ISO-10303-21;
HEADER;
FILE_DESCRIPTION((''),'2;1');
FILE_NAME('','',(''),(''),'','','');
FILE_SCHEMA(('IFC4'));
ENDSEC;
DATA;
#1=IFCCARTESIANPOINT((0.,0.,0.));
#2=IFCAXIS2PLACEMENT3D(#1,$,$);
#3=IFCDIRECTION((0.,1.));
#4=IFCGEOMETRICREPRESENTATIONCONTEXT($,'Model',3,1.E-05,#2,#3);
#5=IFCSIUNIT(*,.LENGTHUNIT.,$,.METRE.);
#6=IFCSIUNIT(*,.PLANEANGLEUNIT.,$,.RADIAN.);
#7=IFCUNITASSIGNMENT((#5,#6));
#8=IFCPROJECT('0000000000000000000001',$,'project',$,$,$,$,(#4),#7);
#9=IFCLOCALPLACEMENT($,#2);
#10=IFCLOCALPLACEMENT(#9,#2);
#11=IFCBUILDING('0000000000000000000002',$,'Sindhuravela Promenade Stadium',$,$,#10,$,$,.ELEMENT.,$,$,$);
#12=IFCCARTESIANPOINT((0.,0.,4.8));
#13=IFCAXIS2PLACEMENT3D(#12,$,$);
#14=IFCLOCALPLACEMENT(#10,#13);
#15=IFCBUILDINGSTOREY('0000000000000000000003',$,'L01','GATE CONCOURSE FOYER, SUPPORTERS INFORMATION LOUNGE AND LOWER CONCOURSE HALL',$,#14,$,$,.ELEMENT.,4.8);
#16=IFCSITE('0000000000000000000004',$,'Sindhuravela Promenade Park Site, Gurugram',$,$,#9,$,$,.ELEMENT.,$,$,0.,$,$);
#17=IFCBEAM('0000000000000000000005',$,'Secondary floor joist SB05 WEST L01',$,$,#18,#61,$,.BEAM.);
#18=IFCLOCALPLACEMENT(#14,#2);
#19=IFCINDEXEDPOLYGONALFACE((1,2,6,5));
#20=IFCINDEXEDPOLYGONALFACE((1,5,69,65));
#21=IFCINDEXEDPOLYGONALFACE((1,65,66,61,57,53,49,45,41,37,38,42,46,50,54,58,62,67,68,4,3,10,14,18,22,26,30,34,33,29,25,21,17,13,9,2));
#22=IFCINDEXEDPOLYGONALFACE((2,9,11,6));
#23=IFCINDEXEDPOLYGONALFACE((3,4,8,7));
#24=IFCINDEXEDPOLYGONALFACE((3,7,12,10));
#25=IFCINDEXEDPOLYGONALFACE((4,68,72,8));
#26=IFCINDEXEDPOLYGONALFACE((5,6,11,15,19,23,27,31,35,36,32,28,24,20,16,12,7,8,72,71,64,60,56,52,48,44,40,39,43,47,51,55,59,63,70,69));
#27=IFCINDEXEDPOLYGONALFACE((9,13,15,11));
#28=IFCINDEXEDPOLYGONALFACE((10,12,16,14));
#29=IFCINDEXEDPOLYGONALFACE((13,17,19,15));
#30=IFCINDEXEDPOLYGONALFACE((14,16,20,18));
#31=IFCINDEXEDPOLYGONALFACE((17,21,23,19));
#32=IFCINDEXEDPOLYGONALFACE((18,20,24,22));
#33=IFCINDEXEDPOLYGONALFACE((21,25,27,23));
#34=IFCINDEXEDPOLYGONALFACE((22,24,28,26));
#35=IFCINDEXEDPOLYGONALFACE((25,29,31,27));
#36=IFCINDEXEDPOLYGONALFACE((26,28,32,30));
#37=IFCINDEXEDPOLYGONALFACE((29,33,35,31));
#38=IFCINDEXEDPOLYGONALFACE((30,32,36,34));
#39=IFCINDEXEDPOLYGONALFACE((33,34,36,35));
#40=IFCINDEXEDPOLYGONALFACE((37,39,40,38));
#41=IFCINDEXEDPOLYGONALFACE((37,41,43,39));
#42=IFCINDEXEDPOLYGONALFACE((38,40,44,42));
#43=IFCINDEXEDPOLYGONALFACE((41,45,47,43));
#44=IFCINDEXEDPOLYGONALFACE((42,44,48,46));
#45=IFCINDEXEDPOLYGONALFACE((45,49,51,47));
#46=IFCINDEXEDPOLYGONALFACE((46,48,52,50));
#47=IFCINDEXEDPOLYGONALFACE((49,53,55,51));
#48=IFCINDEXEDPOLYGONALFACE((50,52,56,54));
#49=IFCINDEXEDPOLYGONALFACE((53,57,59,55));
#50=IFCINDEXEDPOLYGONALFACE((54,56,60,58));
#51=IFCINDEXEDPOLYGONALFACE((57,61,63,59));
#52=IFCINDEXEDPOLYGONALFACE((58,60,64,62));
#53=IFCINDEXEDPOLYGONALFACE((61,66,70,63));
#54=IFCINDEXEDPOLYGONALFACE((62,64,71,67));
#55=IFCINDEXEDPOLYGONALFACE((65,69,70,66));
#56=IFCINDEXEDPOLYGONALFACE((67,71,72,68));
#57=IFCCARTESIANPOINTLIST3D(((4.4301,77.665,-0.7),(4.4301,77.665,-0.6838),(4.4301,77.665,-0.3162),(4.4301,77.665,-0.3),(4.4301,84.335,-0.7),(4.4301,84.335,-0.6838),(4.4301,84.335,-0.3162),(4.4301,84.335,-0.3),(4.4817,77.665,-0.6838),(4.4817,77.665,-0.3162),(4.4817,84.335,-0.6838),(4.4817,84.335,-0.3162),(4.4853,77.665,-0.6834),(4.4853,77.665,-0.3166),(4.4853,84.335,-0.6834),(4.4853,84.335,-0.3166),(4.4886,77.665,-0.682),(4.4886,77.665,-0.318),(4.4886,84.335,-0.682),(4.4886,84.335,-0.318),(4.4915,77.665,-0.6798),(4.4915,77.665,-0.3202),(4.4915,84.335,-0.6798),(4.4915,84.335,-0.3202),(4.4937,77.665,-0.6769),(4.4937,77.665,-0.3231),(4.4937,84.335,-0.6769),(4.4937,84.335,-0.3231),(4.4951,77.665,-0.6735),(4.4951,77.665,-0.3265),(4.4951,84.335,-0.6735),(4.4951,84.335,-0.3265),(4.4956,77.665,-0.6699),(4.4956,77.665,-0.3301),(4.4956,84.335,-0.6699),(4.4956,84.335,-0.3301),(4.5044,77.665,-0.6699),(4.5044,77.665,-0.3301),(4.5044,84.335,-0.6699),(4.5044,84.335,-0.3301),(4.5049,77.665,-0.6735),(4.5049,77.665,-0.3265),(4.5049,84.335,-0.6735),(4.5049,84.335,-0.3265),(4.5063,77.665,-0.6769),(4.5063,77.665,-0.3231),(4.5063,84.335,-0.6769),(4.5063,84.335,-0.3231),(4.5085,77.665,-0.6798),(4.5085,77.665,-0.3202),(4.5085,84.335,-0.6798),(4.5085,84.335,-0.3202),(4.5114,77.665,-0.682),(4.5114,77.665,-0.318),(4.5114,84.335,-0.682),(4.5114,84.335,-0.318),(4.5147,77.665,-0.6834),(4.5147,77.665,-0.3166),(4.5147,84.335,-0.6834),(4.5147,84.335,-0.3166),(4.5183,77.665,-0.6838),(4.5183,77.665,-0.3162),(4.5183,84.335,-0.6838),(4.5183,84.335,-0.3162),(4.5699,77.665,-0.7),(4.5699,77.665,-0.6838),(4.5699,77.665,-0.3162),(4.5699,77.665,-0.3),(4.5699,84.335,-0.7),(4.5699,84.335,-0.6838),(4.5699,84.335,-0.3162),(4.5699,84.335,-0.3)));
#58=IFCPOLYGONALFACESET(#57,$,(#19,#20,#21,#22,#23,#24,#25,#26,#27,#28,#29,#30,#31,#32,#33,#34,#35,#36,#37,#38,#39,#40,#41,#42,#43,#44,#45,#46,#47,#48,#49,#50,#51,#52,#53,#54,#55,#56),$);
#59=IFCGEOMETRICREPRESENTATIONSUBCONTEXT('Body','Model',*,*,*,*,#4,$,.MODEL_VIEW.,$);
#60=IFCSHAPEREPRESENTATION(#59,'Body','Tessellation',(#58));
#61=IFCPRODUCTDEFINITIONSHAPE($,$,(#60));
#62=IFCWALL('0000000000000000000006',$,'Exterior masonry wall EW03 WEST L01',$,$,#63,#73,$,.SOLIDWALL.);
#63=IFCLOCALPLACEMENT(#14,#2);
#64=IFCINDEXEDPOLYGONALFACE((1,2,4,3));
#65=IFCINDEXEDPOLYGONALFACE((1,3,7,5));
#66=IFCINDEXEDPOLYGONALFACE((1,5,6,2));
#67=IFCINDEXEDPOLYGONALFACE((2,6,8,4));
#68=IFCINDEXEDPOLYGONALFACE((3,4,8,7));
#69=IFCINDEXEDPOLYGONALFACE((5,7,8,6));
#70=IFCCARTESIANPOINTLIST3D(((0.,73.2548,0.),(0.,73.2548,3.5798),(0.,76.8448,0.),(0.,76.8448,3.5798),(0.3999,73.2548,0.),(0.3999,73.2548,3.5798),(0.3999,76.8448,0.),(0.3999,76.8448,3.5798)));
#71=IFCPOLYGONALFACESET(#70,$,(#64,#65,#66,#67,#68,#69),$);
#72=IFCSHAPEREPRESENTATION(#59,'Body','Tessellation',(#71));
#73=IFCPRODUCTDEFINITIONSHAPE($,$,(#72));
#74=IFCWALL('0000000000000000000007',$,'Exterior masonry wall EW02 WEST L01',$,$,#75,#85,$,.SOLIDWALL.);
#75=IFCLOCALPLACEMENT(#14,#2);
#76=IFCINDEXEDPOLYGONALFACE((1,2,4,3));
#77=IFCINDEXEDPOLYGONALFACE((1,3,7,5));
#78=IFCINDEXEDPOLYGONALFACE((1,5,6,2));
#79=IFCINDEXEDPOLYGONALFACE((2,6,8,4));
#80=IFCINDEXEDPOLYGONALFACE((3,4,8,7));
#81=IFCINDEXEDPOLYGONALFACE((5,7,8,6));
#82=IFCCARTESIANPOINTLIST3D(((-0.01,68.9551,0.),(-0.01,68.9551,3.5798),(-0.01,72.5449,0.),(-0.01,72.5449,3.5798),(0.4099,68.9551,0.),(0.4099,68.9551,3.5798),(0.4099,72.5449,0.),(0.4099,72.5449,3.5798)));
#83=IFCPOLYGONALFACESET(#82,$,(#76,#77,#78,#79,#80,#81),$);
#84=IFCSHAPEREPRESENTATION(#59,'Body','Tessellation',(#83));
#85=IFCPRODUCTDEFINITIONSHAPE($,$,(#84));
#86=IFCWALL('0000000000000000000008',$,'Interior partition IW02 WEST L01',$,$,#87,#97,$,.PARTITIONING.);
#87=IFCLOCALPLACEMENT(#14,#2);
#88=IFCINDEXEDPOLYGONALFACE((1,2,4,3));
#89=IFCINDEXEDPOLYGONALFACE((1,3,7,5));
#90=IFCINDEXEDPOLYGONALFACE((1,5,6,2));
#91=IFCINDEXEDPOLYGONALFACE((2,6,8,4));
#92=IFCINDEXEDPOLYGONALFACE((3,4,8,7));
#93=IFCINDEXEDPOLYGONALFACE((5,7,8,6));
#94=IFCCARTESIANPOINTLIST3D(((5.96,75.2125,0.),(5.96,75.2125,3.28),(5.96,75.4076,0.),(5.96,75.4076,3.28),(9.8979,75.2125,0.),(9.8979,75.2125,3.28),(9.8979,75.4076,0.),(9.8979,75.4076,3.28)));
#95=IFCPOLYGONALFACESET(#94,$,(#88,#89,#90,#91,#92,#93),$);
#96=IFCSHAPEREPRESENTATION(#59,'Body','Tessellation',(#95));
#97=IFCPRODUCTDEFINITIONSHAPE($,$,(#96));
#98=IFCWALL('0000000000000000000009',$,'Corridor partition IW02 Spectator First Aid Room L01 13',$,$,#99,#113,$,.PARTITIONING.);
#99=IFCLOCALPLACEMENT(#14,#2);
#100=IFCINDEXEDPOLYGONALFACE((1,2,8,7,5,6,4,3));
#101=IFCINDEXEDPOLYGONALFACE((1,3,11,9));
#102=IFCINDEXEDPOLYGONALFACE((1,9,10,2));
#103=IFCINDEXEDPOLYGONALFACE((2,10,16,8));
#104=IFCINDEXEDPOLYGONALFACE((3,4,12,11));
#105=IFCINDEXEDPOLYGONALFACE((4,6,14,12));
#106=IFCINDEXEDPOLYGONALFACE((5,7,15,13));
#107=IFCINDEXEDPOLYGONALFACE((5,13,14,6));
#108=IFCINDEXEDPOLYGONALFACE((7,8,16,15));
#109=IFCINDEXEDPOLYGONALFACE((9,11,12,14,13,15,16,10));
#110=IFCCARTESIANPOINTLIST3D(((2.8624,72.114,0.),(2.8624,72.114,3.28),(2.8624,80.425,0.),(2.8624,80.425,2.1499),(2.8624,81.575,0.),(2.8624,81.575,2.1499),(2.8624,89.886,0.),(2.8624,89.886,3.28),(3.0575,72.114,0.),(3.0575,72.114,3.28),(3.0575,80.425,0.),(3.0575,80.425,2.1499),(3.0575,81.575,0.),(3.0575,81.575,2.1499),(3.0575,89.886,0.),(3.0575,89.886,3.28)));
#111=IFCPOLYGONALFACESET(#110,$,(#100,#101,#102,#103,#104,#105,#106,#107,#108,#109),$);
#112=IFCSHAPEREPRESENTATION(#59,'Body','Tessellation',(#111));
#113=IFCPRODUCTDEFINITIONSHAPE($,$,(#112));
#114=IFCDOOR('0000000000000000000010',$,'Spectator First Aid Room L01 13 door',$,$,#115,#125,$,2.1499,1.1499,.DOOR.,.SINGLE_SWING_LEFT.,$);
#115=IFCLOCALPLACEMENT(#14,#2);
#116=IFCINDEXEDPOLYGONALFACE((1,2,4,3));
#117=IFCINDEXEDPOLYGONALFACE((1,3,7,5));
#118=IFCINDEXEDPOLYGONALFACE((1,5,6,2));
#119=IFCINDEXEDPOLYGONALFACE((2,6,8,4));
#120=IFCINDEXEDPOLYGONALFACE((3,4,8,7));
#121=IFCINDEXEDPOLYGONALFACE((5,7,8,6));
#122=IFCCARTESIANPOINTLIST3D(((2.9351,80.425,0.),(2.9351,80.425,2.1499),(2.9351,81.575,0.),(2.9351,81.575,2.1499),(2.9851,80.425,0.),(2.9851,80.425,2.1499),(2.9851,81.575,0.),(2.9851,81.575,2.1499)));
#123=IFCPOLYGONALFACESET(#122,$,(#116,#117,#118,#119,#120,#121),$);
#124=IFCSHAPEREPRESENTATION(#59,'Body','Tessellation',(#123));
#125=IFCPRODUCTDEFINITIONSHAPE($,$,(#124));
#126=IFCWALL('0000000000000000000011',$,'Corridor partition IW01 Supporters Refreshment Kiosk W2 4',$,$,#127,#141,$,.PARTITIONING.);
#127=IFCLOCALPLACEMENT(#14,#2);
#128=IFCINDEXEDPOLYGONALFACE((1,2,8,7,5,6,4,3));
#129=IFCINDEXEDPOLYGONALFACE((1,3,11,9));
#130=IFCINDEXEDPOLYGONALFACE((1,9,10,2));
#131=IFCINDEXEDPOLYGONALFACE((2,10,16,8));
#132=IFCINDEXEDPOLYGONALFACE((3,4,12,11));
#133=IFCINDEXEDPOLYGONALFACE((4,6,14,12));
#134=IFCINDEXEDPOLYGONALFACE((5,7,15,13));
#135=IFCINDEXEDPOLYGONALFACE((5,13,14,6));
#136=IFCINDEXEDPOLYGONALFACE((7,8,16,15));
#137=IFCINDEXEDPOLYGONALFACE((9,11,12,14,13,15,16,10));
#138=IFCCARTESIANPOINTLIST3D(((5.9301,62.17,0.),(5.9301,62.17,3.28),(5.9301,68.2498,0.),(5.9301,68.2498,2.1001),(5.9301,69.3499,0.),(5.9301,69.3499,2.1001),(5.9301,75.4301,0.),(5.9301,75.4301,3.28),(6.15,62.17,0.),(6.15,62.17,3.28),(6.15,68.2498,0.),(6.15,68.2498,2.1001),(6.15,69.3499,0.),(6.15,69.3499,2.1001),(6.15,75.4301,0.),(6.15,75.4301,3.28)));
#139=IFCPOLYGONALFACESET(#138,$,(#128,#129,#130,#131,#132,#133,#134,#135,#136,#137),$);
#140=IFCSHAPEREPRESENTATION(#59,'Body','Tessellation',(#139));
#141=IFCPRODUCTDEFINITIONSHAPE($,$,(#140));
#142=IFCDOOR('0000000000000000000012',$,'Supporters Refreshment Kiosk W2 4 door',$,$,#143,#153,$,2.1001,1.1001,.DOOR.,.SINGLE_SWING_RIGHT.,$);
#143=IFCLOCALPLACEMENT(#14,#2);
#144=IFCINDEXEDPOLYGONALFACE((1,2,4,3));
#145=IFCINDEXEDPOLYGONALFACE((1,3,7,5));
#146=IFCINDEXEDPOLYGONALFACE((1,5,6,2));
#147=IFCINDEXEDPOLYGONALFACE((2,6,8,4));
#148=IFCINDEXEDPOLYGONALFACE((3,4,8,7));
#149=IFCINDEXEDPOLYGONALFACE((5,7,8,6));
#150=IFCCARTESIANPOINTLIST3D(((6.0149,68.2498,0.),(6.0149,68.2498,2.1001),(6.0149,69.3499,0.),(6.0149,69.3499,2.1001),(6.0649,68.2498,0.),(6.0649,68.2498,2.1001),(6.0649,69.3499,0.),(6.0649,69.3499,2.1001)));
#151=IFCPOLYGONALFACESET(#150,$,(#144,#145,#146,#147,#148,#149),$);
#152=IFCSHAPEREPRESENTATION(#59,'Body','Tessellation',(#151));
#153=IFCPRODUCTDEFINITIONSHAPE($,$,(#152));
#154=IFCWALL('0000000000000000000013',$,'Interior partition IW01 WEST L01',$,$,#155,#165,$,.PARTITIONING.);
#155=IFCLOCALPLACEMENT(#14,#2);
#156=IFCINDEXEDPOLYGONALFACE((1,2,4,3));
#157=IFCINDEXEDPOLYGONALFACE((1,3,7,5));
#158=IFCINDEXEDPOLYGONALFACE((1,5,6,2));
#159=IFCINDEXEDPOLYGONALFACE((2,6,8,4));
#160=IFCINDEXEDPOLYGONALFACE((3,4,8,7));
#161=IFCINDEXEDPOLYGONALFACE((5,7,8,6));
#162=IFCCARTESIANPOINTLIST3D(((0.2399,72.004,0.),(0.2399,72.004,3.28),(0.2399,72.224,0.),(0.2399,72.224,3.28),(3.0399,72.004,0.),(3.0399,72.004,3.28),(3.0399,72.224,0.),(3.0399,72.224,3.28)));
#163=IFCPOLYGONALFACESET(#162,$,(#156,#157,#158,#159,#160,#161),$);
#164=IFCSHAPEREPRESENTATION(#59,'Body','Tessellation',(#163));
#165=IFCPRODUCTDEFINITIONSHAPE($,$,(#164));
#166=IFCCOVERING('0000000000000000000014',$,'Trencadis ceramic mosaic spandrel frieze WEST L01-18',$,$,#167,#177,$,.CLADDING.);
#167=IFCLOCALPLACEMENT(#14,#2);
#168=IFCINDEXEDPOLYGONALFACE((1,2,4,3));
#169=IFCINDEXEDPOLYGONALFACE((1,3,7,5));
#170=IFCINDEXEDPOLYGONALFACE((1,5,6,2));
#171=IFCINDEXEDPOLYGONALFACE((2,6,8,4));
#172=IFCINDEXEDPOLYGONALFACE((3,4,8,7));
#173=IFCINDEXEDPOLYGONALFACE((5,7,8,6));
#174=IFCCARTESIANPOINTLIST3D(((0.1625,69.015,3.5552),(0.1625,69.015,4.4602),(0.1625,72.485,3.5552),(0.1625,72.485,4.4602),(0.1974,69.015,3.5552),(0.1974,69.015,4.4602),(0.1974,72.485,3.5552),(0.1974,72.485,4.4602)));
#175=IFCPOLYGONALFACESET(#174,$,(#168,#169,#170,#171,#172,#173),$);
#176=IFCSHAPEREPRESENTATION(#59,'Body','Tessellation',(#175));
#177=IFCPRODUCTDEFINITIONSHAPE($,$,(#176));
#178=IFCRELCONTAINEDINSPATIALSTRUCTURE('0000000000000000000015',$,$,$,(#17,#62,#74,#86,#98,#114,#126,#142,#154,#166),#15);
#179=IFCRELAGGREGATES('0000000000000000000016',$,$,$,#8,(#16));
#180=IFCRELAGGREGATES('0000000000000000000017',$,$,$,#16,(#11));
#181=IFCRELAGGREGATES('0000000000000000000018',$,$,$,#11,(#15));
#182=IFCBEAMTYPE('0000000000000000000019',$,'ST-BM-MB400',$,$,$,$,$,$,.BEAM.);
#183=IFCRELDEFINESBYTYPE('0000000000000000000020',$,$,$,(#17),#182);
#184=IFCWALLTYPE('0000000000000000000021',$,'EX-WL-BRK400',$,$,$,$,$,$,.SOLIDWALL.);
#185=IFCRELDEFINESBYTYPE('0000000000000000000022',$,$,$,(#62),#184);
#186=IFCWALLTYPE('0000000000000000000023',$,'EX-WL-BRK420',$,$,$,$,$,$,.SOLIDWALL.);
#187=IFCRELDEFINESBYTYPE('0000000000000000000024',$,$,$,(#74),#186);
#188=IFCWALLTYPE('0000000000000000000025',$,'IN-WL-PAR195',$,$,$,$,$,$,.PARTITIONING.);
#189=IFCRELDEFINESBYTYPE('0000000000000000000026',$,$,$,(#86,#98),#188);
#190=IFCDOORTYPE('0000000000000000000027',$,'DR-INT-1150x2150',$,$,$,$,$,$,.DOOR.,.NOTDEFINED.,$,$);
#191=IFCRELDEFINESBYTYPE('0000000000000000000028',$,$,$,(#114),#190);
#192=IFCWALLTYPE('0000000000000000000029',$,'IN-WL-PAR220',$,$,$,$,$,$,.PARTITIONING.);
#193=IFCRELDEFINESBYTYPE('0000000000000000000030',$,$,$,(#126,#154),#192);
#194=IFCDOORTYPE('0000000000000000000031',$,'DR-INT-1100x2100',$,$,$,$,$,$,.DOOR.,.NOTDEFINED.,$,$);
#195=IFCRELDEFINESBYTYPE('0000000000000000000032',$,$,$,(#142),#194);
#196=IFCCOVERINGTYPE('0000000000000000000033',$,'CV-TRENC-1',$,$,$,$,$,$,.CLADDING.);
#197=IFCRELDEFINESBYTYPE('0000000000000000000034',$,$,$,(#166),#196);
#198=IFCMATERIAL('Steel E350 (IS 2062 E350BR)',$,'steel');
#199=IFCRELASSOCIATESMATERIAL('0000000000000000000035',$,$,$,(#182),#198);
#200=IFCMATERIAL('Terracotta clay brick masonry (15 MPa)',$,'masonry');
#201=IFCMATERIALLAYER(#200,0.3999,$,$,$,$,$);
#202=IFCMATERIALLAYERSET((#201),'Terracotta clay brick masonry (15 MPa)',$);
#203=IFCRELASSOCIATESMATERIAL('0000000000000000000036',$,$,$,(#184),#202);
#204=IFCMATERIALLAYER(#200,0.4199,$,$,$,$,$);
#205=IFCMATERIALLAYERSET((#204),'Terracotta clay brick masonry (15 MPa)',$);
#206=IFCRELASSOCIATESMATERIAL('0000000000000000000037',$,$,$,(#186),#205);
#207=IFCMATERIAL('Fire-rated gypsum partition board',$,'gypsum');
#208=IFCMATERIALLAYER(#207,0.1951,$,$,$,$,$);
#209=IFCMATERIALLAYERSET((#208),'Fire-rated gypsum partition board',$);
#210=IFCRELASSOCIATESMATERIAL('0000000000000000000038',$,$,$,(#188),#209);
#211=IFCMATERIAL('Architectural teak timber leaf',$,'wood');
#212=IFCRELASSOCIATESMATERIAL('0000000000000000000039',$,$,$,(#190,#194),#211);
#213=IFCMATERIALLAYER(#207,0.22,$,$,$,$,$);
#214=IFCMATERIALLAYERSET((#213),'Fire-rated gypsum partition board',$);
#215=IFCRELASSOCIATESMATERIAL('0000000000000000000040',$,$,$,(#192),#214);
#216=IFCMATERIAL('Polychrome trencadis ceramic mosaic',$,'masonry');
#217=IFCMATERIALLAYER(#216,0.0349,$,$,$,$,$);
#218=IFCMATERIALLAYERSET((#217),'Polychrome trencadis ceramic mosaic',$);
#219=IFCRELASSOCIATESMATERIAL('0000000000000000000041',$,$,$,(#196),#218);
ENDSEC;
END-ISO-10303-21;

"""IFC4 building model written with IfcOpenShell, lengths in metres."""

from ifc_helpers import new_model, si_unit, direction, frame, frame_2d, origin, origin_2d, place, context, subcontext, project, spatial, rectangle, i_section, extrude, material, layer, layer_set, material_profile, profile_set, type_object, element, fill, save


model = new_model("IFC4")

# Units and contexts
model_context = context("Model", 3, precision=1e-05, world=origin(), true_north=direction((0.0, 1.0)))
body_context = subcontext(model_context, "Body", "Model", "MODEL_VIEW")
ifc_project = project(units=[si_unit("LENGTHUNIT", "METRE"), si_unit("PLANEANGLEUNIT", "RADIAN")], contexts=[model_context])

# Site, building, storey
site_placement = place(None, origin())
site = spatial("IfcSite", under=ifc_project, at=site_placement, Name="Sindhuravela Promenade Park Site, Gurugram", CompositionType="ELEMENT", RefElevation=0.0)
building_placement = place(site_placement, origin())
building = spatial("IfcBuilding", under=site, at=building_placement, Name="Sindhuravela Promenade Stadium", CompositionType="ELEMENT")
storey_placement = place(building_placement, frame((0.0, 0.0, 4.8)))
storey = spatial("IfcBuildingStorey", under=building, at=storey_placement, Name="L01", Description="GATE CONCOURSE FOYER, SUPPORTERS INFORMATION LOUNGE AND LOWER CONCOURSE HALL", CompositionType="ELEMENT", Elevation=4.8)

# Beam
ifc_material_1 = material(Name="Steel E350 (IS 2062 E350BR)", Category="steel")
ifc_material_profile_1 = material_profile(ifc_material_1, i_section(OverallWidth=0.1399, OverallDepth=0.3999, WebThickness=0.0088, FlangeThickness=0.0161, FilletRadius=0.0139, at=origin_2d()), Name="ISMB 400")
ifc_profile_set_1 = profile_set([ifc_material_profile_1], Name="Steel E350 (IS 2062 E350BR)")
beam_type_1 = type_object("IfcBeamType", Name="ST-BM-MB400", PredefinedType="BEAM", material=ifc_profile_set_1)
beam_1_placement = place(storey_placement, frame((4.5, 77.665, -0.5), z_axis=(0.0, 1.0, 0.0), x_axis=(-1.0, 0.0, 0.0)))
element("IfcBeam", 1, at=beam_1_placement, inside=storey, type_object=beam_type_1, Name="Secondary floor joist SB05 WEST L01", PredefinedType="BEAM", context=body_context, shape_type="SweptSolid", body=[
    extrude(i_section(OverallWidth=0.1399, OverallDepth=0.3999, WebThickness=0.0088, FlangeThickness=0.0161, FilletRadius=0.0139, at=origin_2d()), origin(), (0.0, 0.0, 1.0), 6.6699),
])

# Walls
ifc_material_2 = material(Name="Terracotta clay brick masonry (15 MPa)", Category="masonry")
ifc_layer_1 = layer(ifc_material_2, 0.3999)
ifc_layer_set_1 = layer_set([ifc_layer_1], Name="Terracotta clay brick masonry (15 MPa)")
wall_type_1 = type_object("IfcWallType", Name="EX-WL-BRK400", PredefinedType="SOLIDWALL", material=ifc_layer_set_1)
wall_1_placement = place(storey_placement, frame((0.2, 73.2549, 0.0), z_axis=(0.0, 0.0, 1.0), x_axis=(0.0, 1.0, 0.0)))
element("IfcWall", 2, at=wall_1_placement, inside=storey, type_object=wall_type_1, Name="Exterior masonry wall EW03 WEST L01", PredefinedType="SOLIDWALL", context=body_context, shape_type="SweptSolid", body=[
    extrude(rectangle(XDim=3.5901, YDim=0.3999, at=frame_2d((1.7949, 0.0))), origin(), (0.0, 0.0, 1.0), 3.5798),
])
ifc_layer_2 = layer(ifc_material_2, 0.4199)
ifc_layer_set_2 = layer_set([ifc_layer_2], Name="Terracotta clay brick masonry (15 MPa)")
wall_type_2 = type_object("IfcWallType", Name="EX-WL-BRK420", PredefinedType="SOLIDWALL", material=ifc_layer_set_2)
wall_2_placement = place(storey_placement, frame((0.2, 68.9551, 0.0), z_axis=(0.0, 0.0, 1.0), x_axis=(0.0, 1.0, 0.0)))
element("IfcWall", 3, at=wall_2_placement, inside=storey, type_object=wall_type_2, Name="Exterior masonry wall EW02 WEST L01", PredefinedType="SOLIDWALL", context=body_context, shape_type="SweptSolid", body=[
    extrude(rectangle(XDim=3.5898, YDim=0.4199, at=frame_2d((1.7949, 0.0))), origin(), (0.0, 0.0, 1.0), 3.5798),
])
ifc_material_3 = material(Name="Fire-rated gypsum partition board", Category="gypsum")
ifc_layer_3 = layer(ifc_material_3, 0.1951)
ifc_layer_set_3 = layer_set([ifc_layer_3], Name="Fire-rated gypsum partition board")
wall_type_3 = type_object("IfcWallType", Name="IN-WL-PAR195", PredefinedType="PARTITIONING", material=ifc_layer_set_3)
wall_3_placement = place(storey_placement, frame((5.96, 75.3101, 0.0), z_axis=(0.0, 0.0, 1.0), x_axis=(1.0, 0.0, 0.0)))
element("IfcWall", 4, at=wall_3_placement, inside=storey, type_object=wall_type_3, Name="Interior partition IW02 WEST L01", PredefinedType="PARTITIONING", context=body_context, shape_type="SweptSolid", body=[
    extrude(rectangle(XDim=3.938, YDim=0.1951, at=frame_2d((1.969, 0.0))), origin(), (0.0, 0.0, 1.0), 3.28),
])

# Walls, openings, doors
wall_4_placement = place(storey_placement, frame((2.96, 72.114, 0.0), z_axis=(0.0, 0.0, 1.0), x_axis=(0.0, 1.0, 0.0)))
wall_4 = element("IfcWall", 5, at=wall_4_placement, inside=storey, type_object=wall_type_3, Name="Corridor partition IW02 Spectator First Aid Room L01 13", PredefinedType="PARTITIONING", context=body_context, shape_type="SweptSolid", body=[
    extrude(rectangle(XDim=17.772, YDim=0.1951, at=frame_2d((8.886, 0.0))), origin(), (0.0, 0.0, 1.0), 3.28),
])
opening_1_placement = place(wall_4_placement, frame((8.311, 0.0, 0.0)))
opening_1 = element("IfcOpeningElement", 6, at=opening_1_placement, cuts=wall_4, PredefinedType="OPENING", context=body_context, shape_type="SweptSolid", body=[
    extrude(rectangle(XDim=1.1499, YDim=2.1499, at=frame_2d((0.575, 1.075))), frame((0.0, 0.1074, 0.0), z_axis=(0.0, -1.0, 0.0), x_axis=(1.0, 0.0, 0.0)), (0.0, 0.0, 1.0), 0.2151),
])
ifc_material_4 = material(Name="Architectural teak timber leaf", Category="wood")
door_type_1 = type_object("IfcDoorType", Name="DR-INT-1150x2150", OperationType="NOTDEFINED", PredefinedType="DOOR", material=ifc_material_4)
door_1_placement = place(opening_1_placement, origin())
door_1 = element("IfcDoor", 7, at=door_1_placement, inside=storey, type_object=door_type_1, Name="Spectator First Aid Room L01 13 door", OperationType="SINGLE_SWING_LEFT", OverallHeight=2.1499, OverallWidth=1.1499, PredefinedType="DOOR", context=body_context, shape_type="SweptSolid", body=[
    extrude(rectangle(XDim=1.1499, YDim=2.1499, at=frame_2d((0.575, 1.075))), frame((0.0, 0.0249, 0.0), z_axis=(0.0, -1.0, 0.0), x_axis=(1.0, 0.0, 0.0)), (0.0, 0.0, 1.0), 0.05),
])
fill(opening_1, door_1)
ifc_layer_4 = layer(ifc_material_3, 0.22)
ifc_layer_set_4 = layer_set([ifc_layer_4], Name="Fire-rated gypsum partition board")
wall_type_4 = type_object("IfcWallType", Name="IN-WL-PAR220", PredefinedType="PARTITIONING", material=ifc_layer_set_4)
wall_5_placement = place(storey_placement, frame((6.04, 75.4299, 0.0), z_axis=(0.0, 0.0, 1.0), x_axis=(0.0, -1.0, 0.0)))
wall_5 = element("IfcWall", 8, at=wall_5_placement, inside=storey, type_object=wall_type_4, Name="Corridor partition IW01 Supporters Refreshment Kiosk W2 4", PredefinedType="PARTITIONING", context=body_context, shape_type="SweptSolid", body=[
    extrude(rectangle(XDim=13.26, YDim=0.22, at=frame_2d((6.6299, 0.0))), origin(), (0.0, 0.0, 1.0), 3.28),
])
opening_2_placement = place(wall_5_placement, frame((6.0801, 0.0, 0.0)))
opening_2 = element("IfcOpeningElement", 9, at=opening_2_placement, cuts=wall_5, PredefinedType="OPENING", context=body_context, shape_type="SweptSolid", body=[
    extrude(rectangle(XDim=1.1001, YDim=2.1001, at=frame_2d((0.55, 1.05))), frame((0.0, 0.1199, 0.0), z_axis=(0.0, -1.0, 0.0), x_axis=(1.0, 0.0, 0.0)), (0.0, 0.0, 1.0), 0.24),
])
door_type_2 = type_object("IfcDoorType", Name="DR-INT-1100x2100", OperationType="NOTDEFINED", PredefinedType="DOOR", material=ifc_material_4)
door_2_placement = place(opening_2_placement, origin())
door_2 = element("IfcDoor", 10, at=door_2_placement, inside=storey, type_object=door_type_2, Name="Supporters Refreshment Kiosk W2 4 door", OperationType="SINGLE_SWING_RIGHT", OverallHeight=2.1001, OverallWidth=1.1001, PredefinedType="DOOR", context=body_context, shape_type="SweptSolid", body=[
    extrude(rectangle(XDim=1.1001, YDim=2.1001, at=frame_2d((0.55, 1.05))), frame((0.0, 0.0249, 0.0), z_axis=(0.0, -1.0, 0.0), x_axis=(1.0, 0.0, 0.0)), (0.0, 0.0, 1.0), 0.05),
])
fill(opening_2, door_2)

# Wall
wall_6_placement = place(storey_placement, frame((0.24, 72.114, 0.0), z_axis=(0.0, 0.0, 1.0), x_axis=(1.0, 0.0, 0.0)))
element("IfcWall", 11, at=wall_6_placement, inside=storey, type_object=wall_type_4, Name="Interior partition IW01 WEST L01", PredefinedType="PARTITIONING", context=body_context, shape_type="SweptSolid", body=[
    extrude(rectangle(XDim=2.8, YDim=0.22, at=frame_2d((1.3999, 0.0))), origin(), (0.0, 0.0, 1.0), 3.28),
])

# Covering
ifc_material_5 = material(Name="Polychrome trencadis ceramic mosaic", Category="masonry")
ifc_layer_5 = layer(ifc_material_5, 0.0349)
ifc_layer_set_5 = layer_set([ifc_layer_5], Name="Polychrome trencadis ceramic mosaic")
covering_type_1 = type_object("IfcCoveringType", Name="CV-TRENC-1", PredefinedType="CLADDING", material=ifc_layer_set_5)
covering_1_placement = place(storey_placement, frame((0.1799, 70.75, 3.5552), z_axis=(0.0, 0.0, 1.0), x_axis=(0.0, 1.0, 0.0)))
element("IfcCovering", 12, at=covering_1_placement, inside=storey, type_object=covering_type_1, Name="Trencadis ceramic mosaic spandrel frieze WEST L01-18", PredefinedType="CLADDING", context=body_context, shape_type="SweptSolid", body=[
    extrude(rectangle(XDim=3.47, YDim=0.0349, at=origin_2d()), origin(), (0.0, 0.0, 1.0), 0.905),
])

save(model, "model.ifc")
